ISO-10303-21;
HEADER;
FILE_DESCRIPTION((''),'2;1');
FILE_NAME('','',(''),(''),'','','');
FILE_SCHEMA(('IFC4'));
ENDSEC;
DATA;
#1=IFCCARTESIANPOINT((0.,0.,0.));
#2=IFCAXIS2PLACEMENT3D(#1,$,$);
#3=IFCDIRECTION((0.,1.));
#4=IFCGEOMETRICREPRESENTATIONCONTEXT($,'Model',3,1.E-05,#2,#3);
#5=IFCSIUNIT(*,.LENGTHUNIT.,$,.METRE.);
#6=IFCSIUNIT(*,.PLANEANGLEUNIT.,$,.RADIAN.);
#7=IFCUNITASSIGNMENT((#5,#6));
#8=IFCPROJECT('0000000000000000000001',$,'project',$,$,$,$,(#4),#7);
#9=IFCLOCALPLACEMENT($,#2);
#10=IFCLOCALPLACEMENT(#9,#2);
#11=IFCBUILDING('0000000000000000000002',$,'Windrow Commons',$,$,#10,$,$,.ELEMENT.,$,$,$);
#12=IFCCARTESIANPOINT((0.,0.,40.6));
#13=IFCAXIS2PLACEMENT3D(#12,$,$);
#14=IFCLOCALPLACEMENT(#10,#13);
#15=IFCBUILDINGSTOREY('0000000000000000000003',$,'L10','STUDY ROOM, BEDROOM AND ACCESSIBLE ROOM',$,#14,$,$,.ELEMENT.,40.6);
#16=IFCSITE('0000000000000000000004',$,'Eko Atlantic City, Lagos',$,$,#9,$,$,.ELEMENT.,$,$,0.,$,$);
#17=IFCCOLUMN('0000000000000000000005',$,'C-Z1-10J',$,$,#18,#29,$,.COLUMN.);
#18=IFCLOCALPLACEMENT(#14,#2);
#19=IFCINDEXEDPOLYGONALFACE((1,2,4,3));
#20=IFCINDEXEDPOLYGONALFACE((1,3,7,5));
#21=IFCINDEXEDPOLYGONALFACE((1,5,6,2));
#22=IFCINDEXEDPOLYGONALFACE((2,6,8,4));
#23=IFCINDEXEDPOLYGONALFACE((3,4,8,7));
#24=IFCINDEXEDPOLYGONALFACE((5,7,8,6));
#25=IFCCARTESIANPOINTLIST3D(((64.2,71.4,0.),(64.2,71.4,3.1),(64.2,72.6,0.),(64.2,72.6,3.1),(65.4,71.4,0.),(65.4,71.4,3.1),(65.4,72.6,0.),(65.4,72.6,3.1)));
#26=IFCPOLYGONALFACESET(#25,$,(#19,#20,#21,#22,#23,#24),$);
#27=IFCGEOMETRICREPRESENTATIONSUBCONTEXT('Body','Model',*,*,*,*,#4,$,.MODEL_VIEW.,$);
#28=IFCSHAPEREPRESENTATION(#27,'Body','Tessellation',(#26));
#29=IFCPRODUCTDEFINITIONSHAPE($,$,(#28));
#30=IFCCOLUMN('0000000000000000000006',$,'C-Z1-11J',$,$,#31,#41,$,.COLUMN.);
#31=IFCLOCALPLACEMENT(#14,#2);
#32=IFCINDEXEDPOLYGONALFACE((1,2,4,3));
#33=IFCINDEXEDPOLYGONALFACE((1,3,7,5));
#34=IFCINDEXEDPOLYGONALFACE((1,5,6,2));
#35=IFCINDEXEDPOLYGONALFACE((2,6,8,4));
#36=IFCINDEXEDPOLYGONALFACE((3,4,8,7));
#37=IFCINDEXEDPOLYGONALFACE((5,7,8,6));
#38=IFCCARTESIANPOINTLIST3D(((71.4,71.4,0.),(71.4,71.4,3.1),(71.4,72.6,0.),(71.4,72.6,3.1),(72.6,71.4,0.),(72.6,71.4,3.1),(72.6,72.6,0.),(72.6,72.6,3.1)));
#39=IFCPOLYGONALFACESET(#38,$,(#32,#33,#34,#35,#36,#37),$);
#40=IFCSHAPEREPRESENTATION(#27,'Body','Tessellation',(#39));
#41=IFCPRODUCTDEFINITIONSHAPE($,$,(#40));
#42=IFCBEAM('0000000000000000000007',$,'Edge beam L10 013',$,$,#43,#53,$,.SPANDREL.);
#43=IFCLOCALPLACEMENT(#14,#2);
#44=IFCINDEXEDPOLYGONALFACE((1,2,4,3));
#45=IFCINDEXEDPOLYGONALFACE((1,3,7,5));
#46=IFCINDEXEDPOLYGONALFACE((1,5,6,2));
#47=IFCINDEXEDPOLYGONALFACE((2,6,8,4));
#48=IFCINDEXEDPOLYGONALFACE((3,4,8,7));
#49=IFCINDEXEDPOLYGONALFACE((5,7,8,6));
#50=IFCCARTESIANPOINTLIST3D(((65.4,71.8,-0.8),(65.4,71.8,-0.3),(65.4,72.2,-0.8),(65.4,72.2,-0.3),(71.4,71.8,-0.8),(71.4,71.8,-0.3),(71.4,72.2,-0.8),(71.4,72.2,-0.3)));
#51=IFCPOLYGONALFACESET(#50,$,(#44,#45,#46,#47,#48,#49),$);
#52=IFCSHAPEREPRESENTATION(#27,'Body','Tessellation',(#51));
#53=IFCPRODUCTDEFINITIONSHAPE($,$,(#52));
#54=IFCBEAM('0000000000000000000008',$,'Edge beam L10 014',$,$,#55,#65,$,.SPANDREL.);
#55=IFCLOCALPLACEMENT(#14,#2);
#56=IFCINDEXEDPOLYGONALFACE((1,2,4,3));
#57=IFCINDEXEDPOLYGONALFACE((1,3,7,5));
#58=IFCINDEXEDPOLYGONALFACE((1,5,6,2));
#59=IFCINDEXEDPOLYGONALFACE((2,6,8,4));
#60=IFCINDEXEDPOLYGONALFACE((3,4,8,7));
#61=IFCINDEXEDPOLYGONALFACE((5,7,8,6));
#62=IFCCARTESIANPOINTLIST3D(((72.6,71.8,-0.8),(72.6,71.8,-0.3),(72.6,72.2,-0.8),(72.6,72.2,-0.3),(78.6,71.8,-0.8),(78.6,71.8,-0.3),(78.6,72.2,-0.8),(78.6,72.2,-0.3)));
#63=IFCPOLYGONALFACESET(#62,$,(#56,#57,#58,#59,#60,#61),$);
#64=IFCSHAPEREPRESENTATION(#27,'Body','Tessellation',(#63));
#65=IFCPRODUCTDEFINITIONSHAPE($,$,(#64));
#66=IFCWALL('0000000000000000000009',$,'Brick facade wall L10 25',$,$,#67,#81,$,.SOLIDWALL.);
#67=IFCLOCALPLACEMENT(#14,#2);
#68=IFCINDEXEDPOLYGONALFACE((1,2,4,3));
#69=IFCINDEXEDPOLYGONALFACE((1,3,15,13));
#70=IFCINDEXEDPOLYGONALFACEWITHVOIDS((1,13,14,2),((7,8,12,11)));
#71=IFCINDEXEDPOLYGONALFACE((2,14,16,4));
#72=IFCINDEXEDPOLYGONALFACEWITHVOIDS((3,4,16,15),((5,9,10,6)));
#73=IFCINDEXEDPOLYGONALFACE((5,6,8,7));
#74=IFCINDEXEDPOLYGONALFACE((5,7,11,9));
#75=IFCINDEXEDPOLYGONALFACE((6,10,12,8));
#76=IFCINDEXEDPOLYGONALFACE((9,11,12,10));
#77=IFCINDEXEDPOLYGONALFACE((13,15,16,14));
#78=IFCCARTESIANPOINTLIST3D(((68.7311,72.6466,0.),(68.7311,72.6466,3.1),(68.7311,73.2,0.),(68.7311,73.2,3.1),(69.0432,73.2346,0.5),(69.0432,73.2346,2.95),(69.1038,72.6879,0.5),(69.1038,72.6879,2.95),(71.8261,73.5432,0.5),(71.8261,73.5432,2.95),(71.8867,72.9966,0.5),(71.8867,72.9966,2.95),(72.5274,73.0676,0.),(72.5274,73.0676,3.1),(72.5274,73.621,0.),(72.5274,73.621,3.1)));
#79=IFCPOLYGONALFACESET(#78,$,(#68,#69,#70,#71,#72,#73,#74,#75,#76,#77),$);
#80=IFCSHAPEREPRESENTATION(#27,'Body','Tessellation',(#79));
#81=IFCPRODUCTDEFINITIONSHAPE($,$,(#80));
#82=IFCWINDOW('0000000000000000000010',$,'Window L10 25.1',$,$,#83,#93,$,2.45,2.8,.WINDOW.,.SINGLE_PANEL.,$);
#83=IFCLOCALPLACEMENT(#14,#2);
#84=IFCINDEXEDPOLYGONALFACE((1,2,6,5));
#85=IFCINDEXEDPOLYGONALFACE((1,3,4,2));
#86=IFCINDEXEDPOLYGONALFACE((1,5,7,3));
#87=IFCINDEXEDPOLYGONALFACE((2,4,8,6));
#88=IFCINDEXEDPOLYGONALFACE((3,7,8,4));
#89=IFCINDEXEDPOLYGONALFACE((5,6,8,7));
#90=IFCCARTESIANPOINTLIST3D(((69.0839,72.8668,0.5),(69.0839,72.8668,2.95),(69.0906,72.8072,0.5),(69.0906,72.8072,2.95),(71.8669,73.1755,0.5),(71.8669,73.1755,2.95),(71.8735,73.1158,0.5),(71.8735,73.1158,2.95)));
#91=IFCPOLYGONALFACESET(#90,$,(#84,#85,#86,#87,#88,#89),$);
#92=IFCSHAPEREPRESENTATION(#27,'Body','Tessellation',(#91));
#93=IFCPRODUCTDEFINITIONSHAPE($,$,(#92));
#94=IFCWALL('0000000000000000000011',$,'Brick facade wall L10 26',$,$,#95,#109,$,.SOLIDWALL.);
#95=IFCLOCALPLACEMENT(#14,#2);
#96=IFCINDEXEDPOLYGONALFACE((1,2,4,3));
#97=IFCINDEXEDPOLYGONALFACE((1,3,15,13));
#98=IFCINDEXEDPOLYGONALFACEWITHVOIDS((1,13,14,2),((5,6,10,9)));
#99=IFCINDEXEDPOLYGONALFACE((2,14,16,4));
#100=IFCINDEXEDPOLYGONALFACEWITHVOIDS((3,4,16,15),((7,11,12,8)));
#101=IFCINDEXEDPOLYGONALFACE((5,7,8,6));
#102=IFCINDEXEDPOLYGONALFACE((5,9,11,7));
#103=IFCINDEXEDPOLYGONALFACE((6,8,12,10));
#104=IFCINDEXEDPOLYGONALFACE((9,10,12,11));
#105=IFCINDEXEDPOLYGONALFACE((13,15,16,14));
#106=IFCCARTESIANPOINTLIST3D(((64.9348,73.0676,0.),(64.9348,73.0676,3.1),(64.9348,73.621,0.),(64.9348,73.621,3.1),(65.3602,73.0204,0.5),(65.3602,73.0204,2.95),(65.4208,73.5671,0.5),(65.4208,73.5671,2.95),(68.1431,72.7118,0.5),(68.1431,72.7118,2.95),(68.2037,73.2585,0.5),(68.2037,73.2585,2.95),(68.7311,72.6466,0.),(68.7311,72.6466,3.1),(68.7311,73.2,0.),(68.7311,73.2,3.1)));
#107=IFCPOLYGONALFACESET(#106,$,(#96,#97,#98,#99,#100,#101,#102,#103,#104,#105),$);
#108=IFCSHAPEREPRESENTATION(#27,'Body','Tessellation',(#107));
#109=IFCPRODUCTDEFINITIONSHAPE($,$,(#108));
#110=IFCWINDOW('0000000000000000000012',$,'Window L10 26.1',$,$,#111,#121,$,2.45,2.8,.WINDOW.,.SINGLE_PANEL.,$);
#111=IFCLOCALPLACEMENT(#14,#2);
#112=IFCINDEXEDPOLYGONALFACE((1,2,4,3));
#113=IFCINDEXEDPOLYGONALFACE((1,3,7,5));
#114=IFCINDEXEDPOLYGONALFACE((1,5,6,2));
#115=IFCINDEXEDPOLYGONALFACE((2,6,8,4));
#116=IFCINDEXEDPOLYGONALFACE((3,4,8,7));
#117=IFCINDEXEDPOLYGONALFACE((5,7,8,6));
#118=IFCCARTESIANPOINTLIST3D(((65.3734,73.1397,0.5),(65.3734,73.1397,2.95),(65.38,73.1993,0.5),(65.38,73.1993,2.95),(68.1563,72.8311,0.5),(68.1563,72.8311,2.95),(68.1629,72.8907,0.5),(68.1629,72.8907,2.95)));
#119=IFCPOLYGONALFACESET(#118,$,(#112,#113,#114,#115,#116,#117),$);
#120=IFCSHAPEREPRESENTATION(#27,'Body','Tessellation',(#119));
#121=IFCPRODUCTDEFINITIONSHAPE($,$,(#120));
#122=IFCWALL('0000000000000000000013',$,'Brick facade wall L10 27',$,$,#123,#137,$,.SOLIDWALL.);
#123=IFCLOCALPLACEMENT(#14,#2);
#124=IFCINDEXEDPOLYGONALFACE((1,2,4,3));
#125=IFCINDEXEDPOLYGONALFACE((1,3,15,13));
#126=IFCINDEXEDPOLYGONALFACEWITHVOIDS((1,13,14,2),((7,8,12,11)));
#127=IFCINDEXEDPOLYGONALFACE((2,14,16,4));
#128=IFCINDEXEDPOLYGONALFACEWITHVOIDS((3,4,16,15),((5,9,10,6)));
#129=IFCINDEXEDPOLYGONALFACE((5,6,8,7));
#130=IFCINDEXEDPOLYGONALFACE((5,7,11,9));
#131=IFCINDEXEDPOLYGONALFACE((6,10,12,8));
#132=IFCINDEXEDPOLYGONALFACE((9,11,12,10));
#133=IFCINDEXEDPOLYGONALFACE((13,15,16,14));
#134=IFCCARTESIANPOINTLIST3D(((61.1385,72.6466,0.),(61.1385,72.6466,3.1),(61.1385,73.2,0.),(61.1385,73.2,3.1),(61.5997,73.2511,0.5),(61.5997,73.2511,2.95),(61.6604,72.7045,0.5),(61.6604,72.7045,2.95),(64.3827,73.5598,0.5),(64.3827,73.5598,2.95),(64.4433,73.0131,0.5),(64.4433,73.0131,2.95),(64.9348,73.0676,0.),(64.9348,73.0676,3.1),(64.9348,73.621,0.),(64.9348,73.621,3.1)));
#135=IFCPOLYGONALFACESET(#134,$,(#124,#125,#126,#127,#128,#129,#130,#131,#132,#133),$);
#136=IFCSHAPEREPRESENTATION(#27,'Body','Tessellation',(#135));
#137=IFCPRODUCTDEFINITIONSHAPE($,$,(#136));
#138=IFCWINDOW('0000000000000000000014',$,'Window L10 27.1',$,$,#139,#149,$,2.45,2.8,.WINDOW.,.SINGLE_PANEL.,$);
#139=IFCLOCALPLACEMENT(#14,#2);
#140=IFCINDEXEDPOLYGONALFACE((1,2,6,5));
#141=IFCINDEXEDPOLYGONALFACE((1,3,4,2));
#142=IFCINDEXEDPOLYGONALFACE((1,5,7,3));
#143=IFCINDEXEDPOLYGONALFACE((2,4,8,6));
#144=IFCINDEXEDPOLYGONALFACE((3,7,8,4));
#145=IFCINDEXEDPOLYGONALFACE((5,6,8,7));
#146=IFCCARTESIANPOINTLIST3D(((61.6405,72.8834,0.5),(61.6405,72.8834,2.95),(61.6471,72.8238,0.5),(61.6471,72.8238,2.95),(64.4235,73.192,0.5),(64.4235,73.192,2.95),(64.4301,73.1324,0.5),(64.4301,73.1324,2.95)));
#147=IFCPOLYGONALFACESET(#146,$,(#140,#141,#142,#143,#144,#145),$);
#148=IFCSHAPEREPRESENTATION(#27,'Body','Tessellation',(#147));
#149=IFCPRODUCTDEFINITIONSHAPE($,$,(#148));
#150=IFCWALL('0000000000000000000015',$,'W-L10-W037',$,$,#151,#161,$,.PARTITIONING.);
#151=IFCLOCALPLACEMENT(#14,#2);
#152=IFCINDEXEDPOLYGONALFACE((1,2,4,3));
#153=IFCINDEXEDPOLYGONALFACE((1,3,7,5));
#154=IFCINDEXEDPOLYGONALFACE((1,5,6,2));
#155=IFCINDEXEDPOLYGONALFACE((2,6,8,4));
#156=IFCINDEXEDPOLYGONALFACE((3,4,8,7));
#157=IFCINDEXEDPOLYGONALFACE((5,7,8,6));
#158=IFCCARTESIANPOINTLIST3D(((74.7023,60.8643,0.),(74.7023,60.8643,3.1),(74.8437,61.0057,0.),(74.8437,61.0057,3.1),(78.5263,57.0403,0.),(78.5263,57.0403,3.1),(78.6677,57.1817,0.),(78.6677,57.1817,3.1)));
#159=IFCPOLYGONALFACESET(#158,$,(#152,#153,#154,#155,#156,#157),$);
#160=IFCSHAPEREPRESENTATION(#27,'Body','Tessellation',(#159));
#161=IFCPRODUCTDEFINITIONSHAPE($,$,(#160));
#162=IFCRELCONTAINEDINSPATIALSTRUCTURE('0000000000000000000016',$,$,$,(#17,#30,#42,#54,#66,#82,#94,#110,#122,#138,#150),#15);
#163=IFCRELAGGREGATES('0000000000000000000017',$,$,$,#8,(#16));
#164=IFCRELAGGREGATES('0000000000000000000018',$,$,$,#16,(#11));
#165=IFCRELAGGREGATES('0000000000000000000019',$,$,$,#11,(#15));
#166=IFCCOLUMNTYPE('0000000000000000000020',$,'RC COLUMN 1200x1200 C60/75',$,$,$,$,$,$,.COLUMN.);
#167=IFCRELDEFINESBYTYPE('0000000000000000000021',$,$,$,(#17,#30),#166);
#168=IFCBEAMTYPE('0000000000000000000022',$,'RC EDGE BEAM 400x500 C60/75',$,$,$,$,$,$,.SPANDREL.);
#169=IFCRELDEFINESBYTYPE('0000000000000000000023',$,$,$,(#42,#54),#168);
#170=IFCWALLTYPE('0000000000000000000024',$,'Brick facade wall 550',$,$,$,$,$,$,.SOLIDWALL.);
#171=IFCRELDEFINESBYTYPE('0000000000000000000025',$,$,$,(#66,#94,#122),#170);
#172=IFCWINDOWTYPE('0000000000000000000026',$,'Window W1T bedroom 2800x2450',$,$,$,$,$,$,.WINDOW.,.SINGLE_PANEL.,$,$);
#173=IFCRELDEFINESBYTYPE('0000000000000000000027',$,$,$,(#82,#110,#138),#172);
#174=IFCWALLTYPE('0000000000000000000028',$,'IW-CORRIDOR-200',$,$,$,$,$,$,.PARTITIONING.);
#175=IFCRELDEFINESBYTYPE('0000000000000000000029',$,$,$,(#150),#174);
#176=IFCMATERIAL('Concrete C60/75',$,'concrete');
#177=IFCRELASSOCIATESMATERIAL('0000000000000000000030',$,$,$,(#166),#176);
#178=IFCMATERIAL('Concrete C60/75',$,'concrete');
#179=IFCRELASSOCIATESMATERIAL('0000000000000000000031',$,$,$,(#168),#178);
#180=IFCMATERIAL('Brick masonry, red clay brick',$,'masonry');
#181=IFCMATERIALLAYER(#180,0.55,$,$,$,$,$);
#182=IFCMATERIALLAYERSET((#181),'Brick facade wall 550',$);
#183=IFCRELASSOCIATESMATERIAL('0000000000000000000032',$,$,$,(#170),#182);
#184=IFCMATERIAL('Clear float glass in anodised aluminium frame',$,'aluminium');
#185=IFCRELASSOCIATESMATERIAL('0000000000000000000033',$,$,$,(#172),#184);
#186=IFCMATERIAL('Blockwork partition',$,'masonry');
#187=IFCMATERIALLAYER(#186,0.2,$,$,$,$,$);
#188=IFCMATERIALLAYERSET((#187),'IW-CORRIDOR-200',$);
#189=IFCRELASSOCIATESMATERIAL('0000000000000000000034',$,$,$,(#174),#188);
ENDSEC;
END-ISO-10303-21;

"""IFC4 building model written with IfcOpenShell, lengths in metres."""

from ifc_helpers import new_model, si_unit, direction, frame, frame_2d, origin, origin_2d, place, context, subcontext, project, spatial, polyline, rectangle, outline, extrude, material, layer, layer_set, material_profile, profile_set, type_object, element, fill, save


model = new_model("IFC4")

# Units and contexts
model_context = context("Model", 3, precision=1e-05, world=origin(), true_north=direction((0.0, 1.0)))
body_context = subcontext(model_context, "Body", "Model", "MODEL_VIEW")
ifc_project = project(units=[si_unit("LENGTHUNIT", "METRE"), si_unit("PLANEANGLEUNIT", "RADIAN")], contexts=[model_context])

# Site, building, storey
site_placement = place(None, origin())
site = spatial("IfcSite", under=ifc_project, at=site_placement, Name="Eko Atlantic City, Lagos", CompositionType="ELEMENT", RefElevation=0.0)
building_placement = place(site_placement, origin())
building = spatial("IfcBuilding", under=site, at=building_placement, Name="Windrow Commons", CompositionType="ELEMENT")
storey_placement = place(building_placement, frame((0.0, 0.0, 40.6)))
storey = spatial("IfcBuildingStorey", under=building, at=storey_placement, Name="L10", Description="STUDY ROOM, BEDROOM AND ACCESSIBLE ROOM", CompositionType="ELEMENT", Elevation=40.6)

# Columns
ifc_material_1 = material(Name="Concrete C60/75", Category="concrete")
ifc_material_profile_1 = material_profile(ifc_material_1, rectangle(XDim=1.2, YDim=1.2, at=origin_2d()))
ifc_profile_set_1 = profile_set([ifc_material_profile_1], Name="Concrete C60/75")
column_type = type_object("IfcColumnType", Name="RC COLUMN 1200x1200 C60/75", PredefinedType="COLUMN", material=ifc_profile_set_1)
for number, where, z_axis, x_axis, name in (
    (1, (64.8, 72.0, 0.0), (0.0, 0.0, 1.0), (1.0, 0.0, 0.0), "C-Z1-10J"),
    (2, (72.0, 72.0, 0.0), (0.0, 0.0, 1.0), (1.0, 0.0, 0.0), "C-Z1-11J"),
):
    element("IfcColumn", number, at=place(storey_placement, frame(where, z_axis=z_axis, x_axis=x_axis)), inside=storey, type_object=column_type, Name=name, PredefinedType="COLUMN", context=body_context, shape_type="SweptSolid", body=[
        extrude(rectangle(XDim=1.2, YDim=1.2, at=origin_2d()), origin(), (0.0, 0.0, 1.0), 3.1),
    ])

# Beams
ifc_material_2 = material(Name="Concrete C60/75", Category="concrete")
ifc_material_profile_2 = material_profile(ifc_material_2, rectangle(XDim=0.4, YDim=0.5, at=origin_2d()))
ifc_profile_set_2 = profile_set([ifc_material_profile_2], Name="Concrete C60/75")
beam_type = type_object("IfcBeamType", Name="RC EDGE BEAM 400x500 C60/75", PredefinedType="SPANDREL", material=ifc_profile_set_2)
for number, where, z_axis, x_axis, name in (
    (3, (65.4, 72.0, -0.55), (1.0, 0.0, 0.0), (0.0, 1.0, 0.0), "Edge beam L10 013"),
    (4, (72.6, 72.0, -0.55), (1.0, 0.0, 0.0), (0.0, 1.0, 0.0), "Edge beam L10 014"),
):
    element("IfcBeam", number, at=place(storey_placement, frame(where, z_axis=z_axis, x_axis=x_axis)), inside=storey, type_object=beam_type, Name=name, PredefinedType="SPANDREL", context=body_context, shape_type="SweptSolid", body=[
        extrude(rectangle(XDim=0.4, YDim=0.5, at=origin_2d()), origin(), (0.0, 0.0, 1.0), 6.0),
    ])

# Walls, openings, windows
ifc_material_3 = material(Name="Brick masonry, red clay brick", Category="masonry")
ifc_layer_1 = layer(ifc_material_3, 0.55)
ifc_layer_set_1 = layer_set([ifc_layer_1], Name="Brick facade wall 550")
wall_type_1 = type_object("IfcWallType", Name="Brick facade wall 550", PredefinedType="SOLIDWALL", material=ifc_layer_set_1)
wall_1_placement = place(storey_placement, frame((72.5274, 73.3443, 0.0), z_axis=(0.0, 0.0, 1.0), x_axis=(-0.993907, -0.110222, 0.0)))
wall_1 = element("IfcWall", 5, at=wall_1_placement, inside=storey, type_object=wall_type_1, Name="Brick facade wall L10 25", PredefinedType="SOLIDWALL", context=body_context, shape_type="SweptSolid", body=[
    extrude(outline(polyline([(-0.0305, -0.275), (3.7891, -0.275), (3.8501, 0.275), (0.0305, 0.275), (-0.0305, -0.275)])), origin(), (0.0, 0.0, 1.0), 3.1),
])
opening_1_placement = place(wall_1_placement, frame((0.6751, 0.0, 0.5)))
opening_1 = element("IfcOpeningElement", 6, at=opening_1_placement, cuts=wall_1, PredefinedType="OPENING", context=body_context, shape_type="SweptSolid", body=[
    extrude(rectangle(XDim=2.8, YDim=2.45, at=frame_2d((1.4, 1.225))), frame((0.0, 0.285, 0.0), z_axis=(0.0, -1.0, 0.0), x_axis=(1.0, 0.0, 0.0)), (0.0, 0.0, 1.0), 0.57),
])
ifc_material_4 = material(Name="Clear float glass in anodised aluminium frame", Category="aluminium")
window_type = type_object("IfcWindowType", Name="Window W1T bedroom 2800x2450", PartitioningType="SINGLE_PANEL", PredefinedType="WINDOW", material=ifc_material_4)
window_1_placement = place(opening_1_placement, origin())
window_1 = element("IfcWindow", 7, at=window_1_placement, inside=storey, type_object=window_type, Name="Window L10 25.1", OverallHeight=2.45, OverallWidth=2.8, PartitioningType="SINGLE_PANEL", PredefinedType="WINDOW", context=body_context, shape_type="SweptSolid", body=[
    extrude(rectangle(XDim=2.8, YDim=2.45, at=frame_2d((1.4, 1.225))), frame((0.0, 0.155, 0.0), z_axis=(0.0, -1.0, 0.0), x_axis=(1.0, 0.0, 0.0)), (0.0, 0.0, 1.0), 0.06),
])
fill(opening_1, window_1)
wall_2_placement = place(storey_placement, frame((68.7311, 72.9233, 0.0), z_axis=(0.0, 0.0, 1.0), x_axis=(-0.993907, 0.110222, 0.0)))
wall_2 = element("IfcWall", 8, at=wall_2_placement, inside=storey, type_object=wall_type_1, Name="Brick facade wall L10 26", PredefinedType="SOLIDWALL", context=body_context, shape_type="SweptSolid", body=[
    extrude(outline(polyline([(0.0305, -0.275), (3.8501, -0.275), (3.7891, 0.275), (-0.0305, 0.275), (0.0305, -0.275)])), origin(), (0.0, 0.0, 1.0), 3.1),
])
opening_2_placement = place(wall_2_placement, frame((0.5611, 0.0, 0.5)))
opening_2 = element("IfcOpeningElement", 9, at=opening_2_placement, cuts=wall_2, PredefinedType="OPENING", context=body_context, shape_type="SweptSolid", body=[
    extrude(rectangle(XDim=2.8, YDim=2.45, at=frame_2d((1.4, 1.225))), frame((0.0, 0.285, 0.0), z_axis=(0.0, -1.0, 0.0), x_axis=(1.0, 0.0, 0.0)), (0.0, 0.0, 1.0), 0.57),
])
window_2_placement = place(opening_2_placement, origin())
window_2 = element("IfcWindow", 10, at=window_2_placement, inside=storey, type_object=window_type, Name="Window L10 26.1", OverallHeight=2.45, OverallWidth=2.8, PartitioningType="SINGLE_PANEL", PredefinedType="WINDOW", context=body_context, shape_type="SweptSolid", body=[
    extrude(rectangle(XDim=2.8, YDim=2.45, at=frame_2d((1.4, 1.225))), frame((0.0, 0.155, 0.0), z_axis=(0.0, -1.0, 0.0), x_axis=(1.0, 0.0, 0.0)), (0.0, 0.0, 1.0), 0.06),
])
fill(opening_2, window_2)
wall_3_placement = place(storey_placement, frame((64.9348, 73.3443, 0.0), z_axis=(0.0, 0.0, 1.0), x_axis=(-0.993907, -0.110219, 0.0)))
wall_3 = element("IfcWall", 11, at=wall_3_placement, inside=storey, type_object=wall_type_1, Name="Brick facade wall L10 27", PredefinedType="SOLIDWALL", context=body_context, shape_type="SweptSolid", body=[
    extrude(outline(polyline([(-0.0305, -0.275), (3.7891, -0.275), (3.8501, 0.275), (0.0305, 0.275), (-0.0305, -0.275)])), origin(), (0.0, 0.0, 1.0), 3.1),
])
opening_3_placement = place(wall_3_placement, frame((0.525, 0.0, 0.5)))
opening_3 = element("IfcOpeningElement", 12, at=opening_3_placement, cuts=wall_3, PredefinedType="OPENING", context=body_context, shape_type="SweptSolid", body=[
    extrude(rectangle(XDim=2.8, YDim=2.45, at=frame_2d((1.4, 1.225))), frame((0.0, 0.285, 0.0), z_axis=(0.0, -1.0, 0.0), x_axis=(1.0, 0.0, 0.0)), (0.0, 0.0, 1.0), 0.57),
])
window_3_placement = place(opening_3_placement, origin())
window_3 = element("IfcWindow", 13, at=window_3_placement, inside=storey, type_object=window_type, Name="Window L10 27.1", OverallHeight=2.45, OverallWidth=2.8, PartitioningType="SINGLE_PANEL", PredefinedType="WINDOW", context=body_context, shape_type="SweptSolid", body=[
    extrude(rectangle(XDim=2.8, YDim=2.45, at=frame_2d((1.4, 1.225))), frame((0.0, 0.155, 0.0), z_axis=(0.0, -1.0, 0.0), x_axis=(1.0, 0.0, 0.0)), (0.0, 0.0, 1.0), 0.06),
])
fill(opening_3, window_3)

# Wall
ifc_material_5 = material(Name="Blockwork partition", Category="masonry")
ifc_layer_2 = layer(ifc_material_5, 0.2)
ifc_layer_set_2 = layer_set([ifc_layer_2], Name="IW-CORRIDOR-200")
wall_type_2 = type_object("IfcWallType", Name="IW-CORRIDOR-200", PredefinedType="PARTITIONING", material=ifc_layer_set_2)
wall_4_placement = place(storey_placement, frame((74.773, 60.935, 0.0), z_axis=(0.0, 0.0, 1.0), x_axis=(0.707107, -0.707107, 0.0)))
element("IfcWall", 14, at=wall_4_placement, inside=storey, type_object=wall_type_2, Name="W-L10-W037", PredefinedType="PARTITIONING", context=body_context, shape_type="SweptSolid", body=[
    extrude(rectangle(XDim=5.408, YDim=0.2, at=frame_2d((2.704, 0.0))), origin(), (0.0, 0.0, 1.0), 3.1),
])

save(model, "model.ifc")
